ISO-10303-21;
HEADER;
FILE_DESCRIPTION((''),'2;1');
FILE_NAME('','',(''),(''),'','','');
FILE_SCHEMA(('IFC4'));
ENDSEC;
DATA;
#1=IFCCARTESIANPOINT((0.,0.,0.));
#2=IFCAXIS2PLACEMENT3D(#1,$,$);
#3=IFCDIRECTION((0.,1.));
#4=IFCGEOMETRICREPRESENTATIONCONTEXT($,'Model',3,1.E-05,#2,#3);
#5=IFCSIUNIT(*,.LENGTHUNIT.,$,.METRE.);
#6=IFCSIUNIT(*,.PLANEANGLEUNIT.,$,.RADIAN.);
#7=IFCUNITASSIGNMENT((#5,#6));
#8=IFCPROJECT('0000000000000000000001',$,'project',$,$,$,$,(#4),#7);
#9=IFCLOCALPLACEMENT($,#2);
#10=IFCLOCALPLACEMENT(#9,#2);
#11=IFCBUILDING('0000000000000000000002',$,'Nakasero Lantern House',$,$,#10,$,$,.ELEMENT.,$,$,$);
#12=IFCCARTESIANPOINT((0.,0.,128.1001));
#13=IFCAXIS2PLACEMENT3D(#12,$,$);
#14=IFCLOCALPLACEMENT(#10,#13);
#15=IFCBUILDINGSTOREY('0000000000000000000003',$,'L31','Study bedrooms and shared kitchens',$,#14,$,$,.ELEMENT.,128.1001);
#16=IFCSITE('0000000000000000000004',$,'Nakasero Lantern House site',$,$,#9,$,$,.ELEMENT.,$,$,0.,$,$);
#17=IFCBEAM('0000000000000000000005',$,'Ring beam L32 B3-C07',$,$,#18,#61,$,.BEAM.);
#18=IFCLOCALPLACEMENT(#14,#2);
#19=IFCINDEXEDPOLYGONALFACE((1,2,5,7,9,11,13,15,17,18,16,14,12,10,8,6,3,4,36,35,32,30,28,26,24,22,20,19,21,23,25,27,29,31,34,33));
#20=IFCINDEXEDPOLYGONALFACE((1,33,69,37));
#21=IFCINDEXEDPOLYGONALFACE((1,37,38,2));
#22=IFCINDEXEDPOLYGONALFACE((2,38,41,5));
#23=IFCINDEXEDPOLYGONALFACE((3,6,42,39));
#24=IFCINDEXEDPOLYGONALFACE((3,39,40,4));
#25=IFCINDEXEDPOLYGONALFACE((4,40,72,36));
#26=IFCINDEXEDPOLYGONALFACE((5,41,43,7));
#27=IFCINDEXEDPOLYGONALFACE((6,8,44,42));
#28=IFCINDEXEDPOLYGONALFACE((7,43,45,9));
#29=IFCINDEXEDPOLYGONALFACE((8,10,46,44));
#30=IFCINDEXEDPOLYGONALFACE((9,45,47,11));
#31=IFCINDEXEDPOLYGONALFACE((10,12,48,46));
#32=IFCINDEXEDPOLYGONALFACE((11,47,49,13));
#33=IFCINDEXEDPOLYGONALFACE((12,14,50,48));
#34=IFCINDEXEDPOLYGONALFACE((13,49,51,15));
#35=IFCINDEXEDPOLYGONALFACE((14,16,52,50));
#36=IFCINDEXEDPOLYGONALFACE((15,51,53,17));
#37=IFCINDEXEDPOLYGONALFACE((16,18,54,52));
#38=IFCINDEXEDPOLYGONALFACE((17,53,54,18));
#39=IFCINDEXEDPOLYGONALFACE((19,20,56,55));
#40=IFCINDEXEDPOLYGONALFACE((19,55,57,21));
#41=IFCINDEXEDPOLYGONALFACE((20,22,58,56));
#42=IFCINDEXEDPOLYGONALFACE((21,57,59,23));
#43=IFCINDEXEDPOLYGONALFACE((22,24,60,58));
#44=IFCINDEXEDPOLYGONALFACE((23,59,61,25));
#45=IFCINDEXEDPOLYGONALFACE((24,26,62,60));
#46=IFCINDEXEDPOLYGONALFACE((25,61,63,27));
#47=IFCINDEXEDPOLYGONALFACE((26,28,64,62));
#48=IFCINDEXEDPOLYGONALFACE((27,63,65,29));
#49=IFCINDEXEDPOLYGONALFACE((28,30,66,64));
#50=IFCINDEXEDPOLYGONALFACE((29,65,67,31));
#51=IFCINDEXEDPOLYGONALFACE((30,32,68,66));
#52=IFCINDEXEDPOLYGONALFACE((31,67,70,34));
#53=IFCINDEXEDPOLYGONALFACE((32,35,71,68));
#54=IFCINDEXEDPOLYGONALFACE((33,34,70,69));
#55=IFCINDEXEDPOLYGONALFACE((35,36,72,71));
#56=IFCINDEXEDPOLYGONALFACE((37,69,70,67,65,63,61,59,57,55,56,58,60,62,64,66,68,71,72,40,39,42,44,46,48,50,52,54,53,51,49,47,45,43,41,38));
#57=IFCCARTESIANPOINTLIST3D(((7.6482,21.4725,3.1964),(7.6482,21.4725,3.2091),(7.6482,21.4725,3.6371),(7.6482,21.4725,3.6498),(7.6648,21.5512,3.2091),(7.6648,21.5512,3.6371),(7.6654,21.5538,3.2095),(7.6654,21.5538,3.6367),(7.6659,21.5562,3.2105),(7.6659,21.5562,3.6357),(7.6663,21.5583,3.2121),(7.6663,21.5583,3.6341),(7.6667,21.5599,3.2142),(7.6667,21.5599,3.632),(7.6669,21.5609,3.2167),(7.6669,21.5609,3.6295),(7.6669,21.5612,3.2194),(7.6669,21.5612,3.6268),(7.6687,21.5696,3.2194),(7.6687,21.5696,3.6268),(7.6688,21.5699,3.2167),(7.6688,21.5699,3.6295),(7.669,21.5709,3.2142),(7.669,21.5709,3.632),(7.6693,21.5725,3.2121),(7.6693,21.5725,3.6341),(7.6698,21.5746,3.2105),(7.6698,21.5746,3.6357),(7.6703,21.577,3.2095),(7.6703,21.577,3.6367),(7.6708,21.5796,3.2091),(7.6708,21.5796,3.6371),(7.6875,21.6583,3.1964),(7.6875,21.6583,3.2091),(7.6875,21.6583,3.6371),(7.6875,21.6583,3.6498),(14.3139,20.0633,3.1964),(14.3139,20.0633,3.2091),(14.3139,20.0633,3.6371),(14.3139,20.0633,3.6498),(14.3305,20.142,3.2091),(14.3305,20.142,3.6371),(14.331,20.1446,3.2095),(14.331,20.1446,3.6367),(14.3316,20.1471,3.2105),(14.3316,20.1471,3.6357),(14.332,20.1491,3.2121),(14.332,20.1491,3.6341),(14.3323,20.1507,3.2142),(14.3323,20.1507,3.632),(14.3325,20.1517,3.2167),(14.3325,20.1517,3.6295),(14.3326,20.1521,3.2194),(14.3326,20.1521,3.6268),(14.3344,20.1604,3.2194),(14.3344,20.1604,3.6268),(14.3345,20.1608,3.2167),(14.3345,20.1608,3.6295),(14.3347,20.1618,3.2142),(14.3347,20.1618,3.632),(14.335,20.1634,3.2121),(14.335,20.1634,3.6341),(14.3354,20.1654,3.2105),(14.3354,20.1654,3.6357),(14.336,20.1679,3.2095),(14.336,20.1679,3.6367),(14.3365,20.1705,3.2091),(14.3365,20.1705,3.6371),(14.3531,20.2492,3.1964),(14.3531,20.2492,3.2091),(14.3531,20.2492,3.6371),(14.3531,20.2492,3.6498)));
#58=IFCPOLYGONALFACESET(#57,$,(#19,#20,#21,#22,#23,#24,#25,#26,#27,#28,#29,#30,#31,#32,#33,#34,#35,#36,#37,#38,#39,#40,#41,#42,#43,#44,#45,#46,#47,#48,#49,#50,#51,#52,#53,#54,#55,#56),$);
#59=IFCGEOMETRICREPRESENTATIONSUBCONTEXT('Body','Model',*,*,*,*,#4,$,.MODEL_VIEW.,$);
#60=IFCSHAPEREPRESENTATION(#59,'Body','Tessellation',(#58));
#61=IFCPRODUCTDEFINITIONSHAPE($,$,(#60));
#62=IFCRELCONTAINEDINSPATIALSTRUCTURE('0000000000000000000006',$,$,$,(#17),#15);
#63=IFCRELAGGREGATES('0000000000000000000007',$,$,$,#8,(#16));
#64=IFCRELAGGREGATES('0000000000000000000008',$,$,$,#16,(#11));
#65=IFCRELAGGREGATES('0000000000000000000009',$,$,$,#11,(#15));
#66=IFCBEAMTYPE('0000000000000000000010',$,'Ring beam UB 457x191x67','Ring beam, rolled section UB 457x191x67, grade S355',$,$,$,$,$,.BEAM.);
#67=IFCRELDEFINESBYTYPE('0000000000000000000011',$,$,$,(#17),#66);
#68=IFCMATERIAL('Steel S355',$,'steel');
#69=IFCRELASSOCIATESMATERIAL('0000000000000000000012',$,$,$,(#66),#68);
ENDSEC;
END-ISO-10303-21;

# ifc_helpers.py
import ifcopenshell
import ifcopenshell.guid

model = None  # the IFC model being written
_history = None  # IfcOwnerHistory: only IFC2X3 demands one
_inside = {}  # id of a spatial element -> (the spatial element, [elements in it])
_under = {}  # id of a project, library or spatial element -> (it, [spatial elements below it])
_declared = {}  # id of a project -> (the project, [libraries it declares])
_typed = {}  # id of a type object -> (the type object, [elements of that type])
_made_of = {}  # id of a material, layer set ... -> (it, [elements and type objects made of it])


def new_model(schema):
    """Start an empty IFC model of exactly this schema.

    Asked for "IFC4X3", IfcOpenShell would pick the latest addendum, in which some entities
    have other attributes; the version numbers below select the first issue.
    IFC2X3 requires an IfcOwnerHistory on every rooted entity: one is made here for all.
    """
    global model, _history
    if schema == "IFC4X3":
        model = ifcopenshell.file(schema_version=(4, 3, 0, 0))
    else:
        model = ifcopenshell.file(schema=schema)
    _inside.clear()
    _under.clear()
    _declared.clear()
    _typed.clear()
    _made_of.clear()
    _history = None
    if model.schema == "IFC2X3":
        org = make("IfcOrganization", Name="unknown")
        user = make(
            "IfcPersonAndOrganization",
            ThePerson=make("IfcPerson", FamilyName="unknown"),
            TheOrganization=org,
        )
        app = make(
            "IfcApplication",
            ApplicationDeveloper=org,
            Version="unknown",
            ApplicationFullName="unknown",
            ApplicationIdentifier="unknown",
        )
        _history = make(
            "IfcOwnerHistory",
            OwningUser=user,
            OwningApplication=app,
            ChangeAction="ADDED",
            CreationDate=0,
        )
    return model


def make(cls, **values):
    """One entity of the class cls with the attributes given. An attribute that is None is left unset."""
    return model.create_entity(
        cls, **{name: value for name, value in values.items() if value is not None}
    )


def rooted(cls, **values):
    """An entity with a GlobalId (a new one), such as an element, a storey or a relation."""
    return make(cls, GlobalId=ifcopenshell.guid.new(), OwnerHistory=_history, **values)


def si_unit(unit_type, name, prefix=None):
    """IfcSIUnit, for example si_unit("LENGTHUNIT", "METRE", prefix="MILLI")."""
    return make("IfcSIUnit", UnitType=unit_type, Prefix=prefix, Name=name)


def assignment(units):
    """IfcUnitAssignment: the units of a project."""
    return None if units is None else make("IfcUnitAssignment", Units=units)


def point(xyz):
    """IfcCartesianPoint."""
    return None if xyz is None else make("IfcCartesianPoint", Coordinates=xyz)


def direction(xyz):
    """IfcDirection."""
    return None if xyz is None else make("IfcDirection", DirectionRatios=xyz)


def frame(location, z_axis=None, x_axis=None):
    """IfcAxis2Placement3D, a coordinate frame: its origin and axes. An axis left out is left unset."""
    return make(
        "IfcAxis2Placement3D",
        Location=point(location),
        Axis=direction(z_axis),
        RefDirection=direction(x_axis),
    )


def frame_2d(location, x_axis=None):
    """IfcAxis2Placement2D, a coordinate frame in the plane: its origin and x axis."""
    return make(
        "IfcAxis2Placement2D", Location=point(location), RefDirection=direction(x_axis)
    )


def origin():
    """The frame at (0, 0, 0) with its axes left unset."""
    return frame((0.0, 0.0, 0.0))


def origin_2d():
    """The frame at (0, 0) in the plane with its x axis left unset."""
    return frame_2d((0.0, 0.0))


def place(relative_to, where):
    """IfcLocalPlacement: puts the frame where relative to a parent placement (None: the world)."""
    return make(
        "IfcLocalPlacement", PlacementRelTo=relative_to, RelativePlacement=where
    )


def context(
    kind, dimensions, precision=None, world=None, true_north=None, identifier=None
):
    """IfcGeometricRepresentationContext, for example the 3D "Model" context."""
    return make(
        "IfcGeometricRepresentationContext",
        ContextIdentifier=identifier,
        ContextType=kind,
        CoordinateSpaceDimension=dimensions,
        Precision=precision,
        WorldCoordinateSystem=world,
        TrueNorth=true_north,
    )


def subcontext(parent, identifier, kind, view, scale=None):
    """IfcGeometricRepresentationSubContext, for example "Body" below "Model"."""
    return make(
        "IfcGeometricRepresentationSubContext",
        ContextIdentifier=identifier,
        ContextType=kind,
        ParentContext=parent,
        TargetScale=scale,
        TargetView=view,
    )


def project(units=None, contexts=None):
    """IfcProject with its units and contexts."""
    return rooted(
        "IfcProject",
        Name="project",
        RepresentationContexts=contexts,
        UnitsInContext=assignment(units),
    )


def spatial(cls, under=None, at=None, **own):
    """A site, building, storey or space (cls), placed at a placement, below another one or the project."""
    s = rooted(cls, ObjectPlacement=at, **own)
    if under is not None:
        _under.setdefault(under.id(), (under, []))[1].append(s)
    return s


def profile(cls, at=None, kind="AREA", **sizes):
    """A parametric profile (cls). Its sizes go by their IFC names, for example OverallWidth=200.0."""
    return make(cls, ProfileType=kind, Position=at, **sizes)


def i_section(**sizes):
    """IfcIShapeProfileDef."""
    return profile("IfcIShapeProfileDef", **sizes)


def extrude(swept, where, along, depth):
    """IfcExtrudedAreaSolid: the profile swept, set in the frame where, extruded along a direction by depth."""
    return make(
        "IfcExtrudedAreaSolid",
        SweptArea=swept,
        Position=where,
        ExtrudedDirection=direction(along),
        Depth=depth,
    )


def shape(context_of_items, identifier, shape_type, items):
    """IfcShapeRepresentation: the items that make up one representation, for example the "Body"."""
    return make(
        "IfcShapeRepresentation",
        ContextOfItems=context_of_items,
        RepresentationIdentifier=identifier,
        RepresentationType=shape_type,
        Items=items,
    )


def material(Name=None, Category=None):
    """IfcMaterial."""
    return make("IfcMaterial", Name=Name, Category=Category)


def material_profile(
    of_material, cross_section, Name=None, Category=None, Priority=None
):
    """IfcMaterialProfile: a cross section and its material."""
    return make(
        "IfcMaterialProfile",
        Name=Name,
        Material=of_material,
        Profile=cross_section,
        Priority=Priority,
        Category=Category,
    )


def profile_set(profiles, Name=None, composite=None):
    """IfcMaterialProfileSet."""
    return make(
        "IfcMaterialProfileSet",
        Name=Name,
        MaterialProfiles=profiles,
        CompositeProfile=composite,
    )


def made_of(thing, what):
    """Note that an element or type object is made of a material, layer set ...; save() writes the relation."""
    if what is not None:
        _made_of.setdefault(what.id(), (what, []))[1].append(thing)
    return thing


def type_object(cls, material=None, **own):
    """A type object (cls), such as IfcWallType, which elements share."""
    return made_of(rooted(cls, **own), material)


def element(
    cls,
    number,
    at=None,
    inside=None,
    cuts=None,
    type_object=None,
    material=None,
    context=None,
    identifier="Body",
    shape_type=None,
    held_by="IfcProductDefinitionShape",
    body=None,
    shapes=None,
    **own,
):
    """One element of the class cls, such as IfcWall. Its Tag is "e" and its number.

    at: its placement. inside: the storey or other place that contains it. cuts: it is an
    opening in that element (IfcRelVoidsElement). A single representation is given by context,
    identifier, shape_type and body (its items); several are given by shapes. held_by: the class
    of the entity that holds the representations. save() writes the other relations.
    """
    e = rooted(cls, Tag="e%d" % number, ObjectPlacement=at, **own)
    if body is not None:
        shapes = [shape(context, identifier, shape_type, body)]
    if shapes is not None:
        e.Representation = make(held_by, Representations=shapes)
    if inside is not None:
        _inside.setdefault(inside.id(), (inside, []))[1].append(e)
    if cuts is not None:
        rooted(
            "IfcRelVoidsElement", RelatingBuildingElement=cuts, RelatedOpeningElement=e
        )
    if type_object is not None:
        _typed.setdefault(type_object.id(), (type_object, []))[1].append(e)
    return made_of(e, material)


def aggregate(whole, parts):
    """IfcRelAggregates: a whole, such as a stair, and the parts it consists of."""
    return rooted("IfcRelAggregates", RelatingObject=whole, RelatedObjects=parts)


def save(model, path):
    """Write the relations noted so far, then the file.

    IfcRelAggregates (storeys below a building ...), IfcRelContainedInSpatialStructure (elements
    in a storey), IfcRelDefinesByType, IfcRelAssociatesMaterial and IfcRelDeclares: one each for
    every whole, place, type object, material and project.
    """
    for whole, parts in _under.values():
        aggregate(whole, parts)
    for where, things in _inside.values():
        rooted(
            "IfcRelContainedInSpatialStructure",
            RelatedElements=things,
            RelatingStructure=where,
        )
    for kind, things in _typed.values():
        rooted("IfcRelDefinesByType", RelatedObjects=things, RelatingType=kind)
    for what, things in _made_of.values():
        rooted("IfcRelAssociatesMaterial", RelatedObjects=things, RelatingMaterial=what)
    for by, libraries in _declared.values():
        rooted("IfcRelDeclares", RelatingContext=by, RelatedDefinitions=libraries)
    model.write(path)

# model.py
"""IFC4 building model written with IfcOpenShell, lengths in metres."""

from ifc_helpers import new_model, si_unit, direction, frame, origin, origin_2d, place, context, subcontext, project, spatial, i_section, extrude, material, material_profile, profile_set, type_object, element, save


model = new_model("IFC4")

# Units and contexts
model_context = context("Model", 3, precision=1e-05, world=origin(), true_north=direction((0.0, 1.0)))
body_context = subcontext(model_context, "Body", "Model", "MODEL_VIEW")
ifc_project = project(units=[si_unit("LENGTHUNIT", "METRE"), si_unit("PLANEANGLEUNIT", "RADIAN")], contexts=[model_context])

# Site, building, storey
site_placement = place(None, origin())
site = spatial("IfcSite", under=ifc_project, at=site_placement, Name="Nakasero Lantern House site", CompositionType="ELEMENT", RefElevation=0.0)
building_placement = place(site_placement, origin())
building = spatial("IfcBuilding", under=site, at=building_placement, Name="Nakasero Lantern House", CompositionType="ELEMENT")
storey_placement = place(building_placement, frame((0.0, 0.0, 128.1001)))
storey = spatial("IfcBuildingStorey", under=building, at=storey_placement, Name="L31", Description="Study bedrooms and shared kitchens", CompositionType="ELEMENT", Elevation=128.1001)

# Beam
ifc_material_1 = material(Name="Steel S355", Category="steel")
ifc_material_profile_1 = material_profile(ifc_material_1, i_section(OverallWidth=0.1899, OverallDepth=0.4534, WebThickness=0.0085, FlangeThickness=0.0127, FilletRadius=0.0103, at=origin_2d()), Name="UB 457x191x67")
ifc_profile_set_1 = profile_set([ifc_material_profile_1], Name="Steel S355")
beam_type_1 = type_object("IfcBeamType", Name="Ring beam UB 457x191x67", Description="Ring beam, rolled section UB 457x191x67, grade S355", PredefinedType="BEAM", material=ifc_profile_set_1)
beam_1_placement = place(storey_placement, frame((14.3335, 20.1562, 3.4231), z_axis=(-0.978376, 0.206834, 0.0), x_axis=(-0.206834, -0.978376, 0.0)))
element("IfcBeam", 1, at=beam_1_placement, inside=storey, type_object=beam_type_1, Name="Ring beam L32 B3-C07", PredefinedType="BEAM", context=body_context, shape_type="SweptSolid", body=[
    extrude(i_section(OverallWidth=0.1899, OverallDepth=0.4534, WebThickness=0.0085, FlangeThickness=0.0127, FilletRadius=0.0103, at=origin_2d()), origin(), (0.0, 0.0, 1.0), 6.813),
])

save(model, "model.ifc")
